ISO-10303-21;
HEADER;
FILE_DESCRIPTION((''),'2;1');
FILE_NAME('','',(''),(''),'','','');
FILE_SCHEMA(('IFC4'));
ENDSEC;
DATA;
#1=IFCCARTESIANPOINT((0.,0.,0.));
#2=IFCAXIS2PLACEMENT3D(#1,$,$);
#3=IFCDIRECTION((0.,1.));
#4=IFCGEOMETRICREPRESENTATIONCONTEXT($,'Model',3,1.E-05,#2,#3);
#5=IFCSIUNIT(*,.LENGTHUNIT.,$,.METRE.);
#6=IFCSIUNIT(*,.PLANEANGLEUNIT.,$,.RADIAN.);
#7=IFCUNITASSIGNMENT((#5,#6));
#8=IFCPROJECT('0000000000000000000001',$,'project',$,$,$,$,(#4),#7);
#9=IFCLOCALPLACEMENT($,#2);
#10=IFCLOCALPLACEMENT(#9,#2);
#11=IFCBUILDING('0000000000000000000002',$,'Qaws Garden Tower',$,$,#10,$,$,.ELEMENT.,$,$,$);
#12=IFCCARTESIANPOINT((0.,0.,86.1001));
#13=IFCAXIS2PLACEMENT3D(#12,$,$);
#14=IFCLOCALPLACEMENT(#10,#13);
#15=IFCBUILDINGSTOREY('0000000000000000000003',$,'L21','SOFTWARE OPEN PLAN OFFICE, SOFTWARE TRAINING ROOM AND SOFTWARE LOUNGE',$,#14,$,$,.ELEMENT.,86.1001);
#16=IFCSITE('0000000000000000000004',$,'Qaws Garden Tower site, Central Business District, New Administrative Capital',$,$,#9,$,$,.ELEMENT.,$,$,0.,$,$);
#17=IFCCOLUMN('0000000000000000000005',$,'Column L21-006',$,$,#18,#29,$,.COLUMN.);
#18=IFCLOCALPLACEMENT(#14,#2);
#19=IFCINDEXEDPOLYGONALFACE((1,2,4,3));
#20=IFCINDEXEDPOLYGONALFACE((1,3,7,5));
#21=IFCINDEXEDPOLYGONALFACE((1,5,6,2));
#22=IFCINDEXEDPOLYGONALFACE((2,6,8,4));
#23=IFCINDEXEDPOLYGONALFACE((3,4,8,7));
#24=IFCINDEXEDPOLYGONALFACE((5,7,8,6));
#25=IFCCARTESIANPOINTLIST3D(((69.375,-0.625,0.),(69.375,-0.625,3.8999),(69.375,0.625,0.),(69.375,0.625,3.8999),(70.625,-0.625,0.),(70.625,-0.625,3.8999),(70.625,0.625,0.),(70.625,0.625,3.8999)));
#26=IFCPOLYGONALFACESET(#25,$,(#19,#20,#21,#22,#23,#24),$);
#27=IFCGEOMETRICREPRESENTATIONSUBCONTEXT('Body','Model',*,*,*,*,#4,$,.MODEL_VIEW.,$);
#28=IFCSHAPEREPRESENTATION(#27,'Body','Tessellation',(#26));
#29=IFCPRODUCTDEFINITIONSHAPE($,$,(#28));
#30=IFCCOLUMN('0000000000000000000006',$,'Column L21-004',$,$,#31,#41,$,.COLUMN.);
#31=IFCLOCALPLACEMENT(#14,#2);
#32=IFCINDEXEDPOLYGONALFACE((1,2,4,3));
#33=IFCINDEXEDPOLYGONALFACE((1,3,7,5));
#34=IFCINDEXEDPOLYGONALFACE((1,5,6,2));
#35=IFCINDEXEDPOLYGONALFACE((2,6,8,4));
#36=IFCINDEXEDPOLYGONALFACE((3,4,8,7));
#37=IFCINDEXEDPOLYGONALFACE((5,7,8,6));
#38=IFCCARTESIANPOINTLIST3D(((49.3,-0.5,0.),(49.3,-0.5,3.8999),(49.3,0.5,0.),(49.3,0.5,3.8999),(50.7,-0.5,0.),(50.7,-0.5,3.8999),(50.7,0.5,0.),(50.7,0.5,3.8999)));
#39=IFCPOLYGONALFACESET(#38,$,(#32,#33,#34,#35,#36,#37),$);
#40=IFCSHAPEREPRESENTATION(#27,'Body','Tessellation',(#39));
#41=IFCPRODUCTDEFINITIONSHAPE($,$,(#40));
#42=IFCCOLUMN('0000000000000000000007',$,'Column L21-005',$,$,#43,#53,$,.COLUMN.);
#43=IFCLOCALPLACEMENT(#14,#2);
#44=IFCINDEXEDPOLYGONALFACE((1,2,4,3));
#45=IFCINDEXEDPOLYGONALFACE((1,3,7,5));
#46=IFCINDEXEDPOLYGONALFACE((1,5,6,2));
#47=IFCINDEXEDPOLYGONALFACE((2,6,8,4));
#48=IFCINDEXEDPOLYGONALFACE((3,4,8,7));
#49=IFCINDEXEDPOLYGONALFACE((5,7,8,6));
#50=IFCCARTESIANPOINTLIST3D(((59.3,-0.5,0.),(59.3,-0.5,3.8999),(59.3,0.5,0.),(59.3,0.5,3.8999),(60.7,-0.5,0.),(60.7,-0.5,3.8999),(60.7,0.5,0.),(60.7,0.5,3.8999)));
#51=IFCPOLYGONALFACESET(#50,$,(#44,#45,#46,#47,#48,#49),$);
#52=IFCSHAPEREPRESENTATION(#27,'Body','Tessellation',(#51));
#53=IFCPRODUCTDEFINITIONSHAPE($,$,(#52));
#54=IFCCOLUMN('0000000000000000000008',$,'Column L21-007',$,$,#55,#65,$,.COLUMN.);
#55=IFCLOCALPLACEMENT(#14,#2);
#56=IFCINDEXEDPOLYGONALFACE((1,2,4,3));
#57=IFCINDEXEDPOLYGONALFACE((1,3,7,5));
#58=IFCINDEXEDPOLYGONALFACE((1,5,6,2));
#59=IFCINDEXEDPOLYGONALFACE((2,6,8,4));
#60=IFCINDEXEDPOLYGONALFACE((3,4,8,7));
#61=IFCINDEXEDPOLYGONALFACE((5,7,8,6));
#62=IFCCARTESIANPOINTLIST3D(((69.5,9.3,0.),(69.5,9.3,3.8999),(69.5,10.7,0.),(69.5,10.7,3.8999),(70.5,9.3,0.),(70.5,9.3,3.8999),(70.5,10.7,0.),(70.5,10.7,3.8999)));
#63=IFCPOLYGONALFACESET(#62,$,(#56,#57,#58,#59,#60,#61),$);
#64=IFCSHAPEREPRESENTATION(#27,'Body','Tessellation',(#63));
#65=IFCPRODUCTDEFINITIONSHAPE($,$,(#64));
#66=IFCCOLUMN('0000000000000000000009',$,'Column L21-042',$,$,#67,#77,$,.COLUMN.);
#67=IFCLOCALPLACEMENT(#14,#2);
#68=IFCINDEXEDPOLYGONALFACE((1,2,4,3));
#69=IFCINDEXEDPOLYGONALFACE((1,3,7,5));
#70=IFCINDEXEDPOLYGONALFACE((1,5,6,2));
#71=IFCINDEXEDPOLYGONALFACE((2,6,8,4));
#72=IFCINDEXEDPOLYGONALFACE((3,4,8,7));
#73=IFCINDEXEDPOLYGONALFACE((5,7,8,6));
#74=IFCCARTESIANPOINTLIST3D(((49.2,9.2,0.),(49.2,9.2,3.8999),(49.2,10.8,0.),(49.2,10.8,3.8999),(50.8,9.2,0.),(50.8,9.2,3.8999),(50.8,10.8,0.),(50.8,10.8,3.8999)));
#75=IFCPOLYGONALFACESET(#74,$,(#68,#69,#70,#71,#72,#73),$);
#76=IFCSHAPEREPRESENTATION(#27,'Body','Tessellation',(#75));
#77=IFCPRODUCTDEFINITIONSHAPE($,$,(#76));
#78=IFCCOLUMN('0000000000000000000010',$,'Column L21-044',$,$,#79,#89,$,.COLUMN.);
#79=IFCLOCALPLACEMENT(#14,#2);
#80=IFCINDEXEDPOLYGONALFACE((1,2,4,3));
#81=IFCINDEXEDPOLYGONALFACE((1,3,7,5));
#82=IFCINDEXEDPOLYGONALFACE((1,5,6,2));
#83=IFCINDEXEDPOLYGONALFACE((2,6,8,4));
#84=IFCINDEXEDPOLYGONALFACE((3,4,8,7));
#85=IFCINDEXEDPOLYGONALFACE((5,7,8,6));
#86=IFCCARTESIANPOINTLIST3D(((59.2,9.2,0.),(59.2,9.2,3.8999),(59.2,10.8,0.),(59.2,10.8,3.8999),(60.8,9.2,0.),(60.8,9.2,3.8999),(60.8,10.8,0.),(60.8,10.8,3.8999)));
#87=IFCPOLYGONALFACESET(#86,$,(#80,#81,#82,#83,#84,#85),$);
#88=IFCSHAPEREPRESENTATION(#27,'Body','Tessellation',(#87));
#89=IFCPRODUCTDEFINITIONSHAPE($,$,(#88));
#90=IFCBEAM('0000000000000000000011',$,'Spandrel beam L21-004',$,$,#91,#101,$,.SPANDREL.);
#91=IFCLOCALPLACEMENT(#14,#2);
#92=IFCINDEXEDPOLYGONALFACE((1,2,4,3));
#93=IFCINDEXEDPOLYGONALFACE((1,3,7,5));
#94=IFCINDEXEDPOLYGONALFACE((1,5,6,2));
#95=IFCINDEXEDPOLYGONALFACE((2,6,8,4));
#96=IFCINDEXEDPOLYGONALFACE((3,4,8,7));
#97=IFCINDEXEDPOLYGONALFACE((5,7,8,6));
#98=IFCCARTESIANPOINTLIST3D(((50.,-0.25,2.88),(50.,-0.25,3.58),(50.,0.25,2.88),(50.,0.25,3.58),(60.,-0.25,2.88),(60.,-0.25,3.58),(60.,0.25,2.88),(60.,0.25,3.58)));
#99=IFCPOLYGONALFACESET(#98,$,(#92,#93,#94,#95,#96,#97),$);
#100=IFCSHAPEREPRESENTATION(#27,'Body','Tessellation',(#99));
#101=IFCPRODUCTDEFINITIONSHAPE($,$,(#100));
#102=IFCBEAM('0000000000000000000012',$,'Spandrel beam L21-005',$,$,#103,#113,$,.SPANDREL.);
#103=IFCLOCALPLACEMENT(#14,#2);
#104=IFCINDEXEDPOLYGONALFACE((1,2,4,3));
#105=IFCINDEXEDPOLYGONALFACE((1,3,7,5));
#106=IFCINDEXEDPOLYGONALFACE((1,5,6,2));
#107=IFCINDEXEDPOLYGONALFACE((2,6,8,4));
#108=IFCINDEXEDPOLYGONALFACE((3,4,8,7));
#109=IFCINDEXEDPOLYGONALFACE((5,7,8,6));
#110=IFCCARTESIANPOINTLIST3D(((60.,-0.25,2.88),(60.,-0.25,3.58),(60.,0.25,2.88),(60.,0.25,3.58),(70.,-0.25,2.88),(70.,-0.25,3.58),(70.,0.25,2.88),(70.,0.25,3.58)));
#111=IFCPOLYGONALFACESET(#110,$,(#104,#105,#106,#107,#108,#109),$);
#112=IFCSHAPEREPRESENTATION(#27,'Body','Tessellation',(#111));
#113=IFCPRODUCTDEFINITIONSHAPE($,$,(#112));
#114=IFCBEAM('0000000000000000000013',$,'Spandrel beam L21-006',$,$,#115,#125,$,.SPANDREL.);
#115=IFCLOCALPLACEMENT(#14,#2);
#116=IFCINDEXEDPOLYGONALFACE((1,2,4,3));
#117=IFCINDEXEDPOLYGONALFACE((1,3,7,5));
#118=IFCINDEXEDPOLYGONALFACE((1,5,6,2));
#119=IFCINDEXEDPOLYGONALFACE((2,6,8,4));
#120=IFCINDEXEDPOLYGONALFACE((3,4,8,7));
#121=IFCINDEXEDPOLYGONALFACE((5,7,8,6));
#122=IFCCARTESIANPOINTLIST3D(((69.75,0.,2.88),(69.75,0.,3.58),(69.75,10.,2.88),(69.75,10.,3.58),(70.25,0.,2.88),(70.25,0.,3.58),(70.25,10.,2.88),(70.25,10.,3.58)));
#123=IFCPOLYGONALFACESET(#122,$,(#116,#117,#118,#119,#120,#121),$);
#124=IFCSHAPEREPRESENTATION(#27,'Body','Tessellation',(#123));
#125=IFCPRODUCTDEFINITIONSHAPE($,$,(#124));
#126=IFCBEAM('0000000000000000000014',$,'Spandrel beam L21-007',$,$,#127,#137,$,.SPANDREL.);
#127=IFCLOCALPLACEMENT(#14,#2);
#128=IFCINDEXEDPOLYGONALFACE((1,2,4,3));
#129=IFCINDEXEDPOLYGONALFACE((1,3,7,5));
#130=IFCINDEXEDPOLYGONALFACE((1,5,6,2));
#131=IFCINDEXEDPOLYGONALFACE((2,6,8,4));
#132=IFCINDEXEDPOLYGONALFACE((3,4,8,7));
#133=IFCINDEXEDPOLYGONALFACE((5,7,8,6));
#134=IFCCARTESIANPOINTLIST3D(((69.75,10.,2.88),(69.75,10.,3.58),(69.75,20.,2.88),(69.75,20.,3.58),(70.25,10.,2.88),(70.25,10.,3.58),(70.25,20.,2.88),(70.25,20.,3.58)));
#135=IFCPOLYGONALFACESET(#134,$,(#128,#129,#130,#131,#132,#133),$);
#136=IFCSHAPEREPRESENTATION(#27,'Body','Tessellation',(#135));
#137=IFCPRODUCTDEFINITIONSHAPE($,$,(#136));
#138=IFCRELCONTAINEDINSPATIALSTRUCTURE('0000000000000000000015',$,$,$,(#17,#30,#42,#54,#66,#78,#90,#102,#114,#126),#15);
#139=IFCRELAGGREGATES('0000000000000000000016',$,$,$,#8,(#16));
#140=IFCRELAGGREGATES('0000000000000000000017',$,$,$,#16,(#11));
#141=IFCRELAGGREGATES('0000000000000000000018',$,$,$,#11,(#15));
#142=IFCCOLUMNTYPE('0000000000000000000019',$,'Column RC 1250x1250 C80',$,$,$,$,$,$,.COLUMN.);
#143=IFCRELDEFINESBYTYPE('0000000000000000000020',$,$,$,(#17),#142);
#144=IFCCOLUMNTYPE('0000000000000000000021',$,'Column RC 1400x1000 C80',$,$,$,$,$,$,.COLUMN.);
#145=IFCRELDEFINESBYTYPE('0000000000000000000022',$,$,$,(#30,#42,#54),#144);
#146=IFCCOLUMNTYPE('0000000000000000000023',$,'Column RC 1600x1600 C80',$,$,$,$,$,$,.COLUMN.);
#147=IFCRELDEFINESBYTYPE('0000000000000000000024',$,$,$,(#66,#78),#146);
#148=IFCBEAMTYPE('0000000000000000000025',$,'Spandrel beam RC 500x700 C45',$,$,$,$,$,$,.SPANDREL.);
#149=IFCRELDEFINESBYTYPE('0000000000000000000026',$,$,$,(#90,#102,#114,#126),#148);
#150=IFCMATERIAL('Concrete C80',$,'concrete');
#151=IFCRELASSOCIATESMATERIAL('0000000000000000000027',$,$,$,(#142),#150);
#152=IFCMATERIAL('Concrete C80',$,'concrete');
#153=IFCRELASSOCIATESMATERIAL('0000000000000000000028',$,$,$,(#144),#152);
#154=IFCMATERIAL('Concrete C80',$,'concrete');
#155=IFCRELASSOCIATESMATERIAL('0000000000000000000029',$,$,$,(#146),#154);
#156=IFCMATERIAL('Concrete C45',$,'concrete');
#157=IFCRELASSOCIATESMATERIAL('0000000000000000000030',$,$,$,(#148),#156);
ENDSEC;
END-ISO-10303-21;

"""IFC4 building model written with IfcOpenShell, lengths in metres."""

from ifc_helpers import new_model, si_unit, direction, frame, origin, origin_2d, place, context, subcontext, project, spatial, rectangle, extrude, material, material_profile, profile_set, type_object, element, save


model = new_model("IFC4")

# Units and contexts
model_context = context("Model", 3, precision=1e-05, world=origin(), true_north=direction((0.0, 1.0)))
body_context = subcontext(model_context, "Body", "Model", "MODEL_VIEW")
ifc_project = project(units=[si_unit("LENGTHUNIT", "METRE"), si_unit("PLANEANGLEUNIT", "RADIAN")], contexts=[model_context])

# Site, building, storey
site_placement = place(None, origin())
site = spatial("IfcSite", under=ifc_project, at=site_placement, Name="Qaws Garden Tower site, Central Business District, New Administrative Capital", CompositionType="ELEMENT", RefElevation=0.0)
building_placement = place(site_placement, origin())
building = spatial("IfcBuilding", under=site, at=building_placement, Name="Qaws Garden Tower", CompositionType="ELEMENT")
storey_placement = place(building_placement, frame((0.0, 0.0, 86.1001)))
storey = spatial("IfcBuildingStorey", under=building, at=storey_placement, Name="L21", Description="SOFTWARE OPEN PLAN OFFICE, SOFTWARE TRAINING ROOM AND SOFTWARE LOUNGE", CompositionType="ELEMENT", Elevation=86.1001)

# Columns
ifc_material_1 = material(Name="Concrete C80", Category="concrete")
ifc_material_profile_1 = material_profile(ifc_material_1, rectangle(XDim=1.25, YDim=1.25, at=origin_2d()), Name="RC 1250x1250")
ifc_profile_set_1 = profile_set([ifc_material_profile_1], Name="Concrete C80")
column_type_1 = type_object("IfcColumnType", Name="Column RC 1250x1250 C80", PredefinedType="COLUMN", material=ifc_profile_set_1)
column_placement = place(storey_placement, frame((70.0, 0.0, 0.0), z_axis=(0.0, 0.0, 1.0), x_axis=(1.0, 0.0, 0.0)))
element("IfcColumn", 1, at=column_placement, inside=storey, type_object=column_type_1, Name="Column L21-006", PredefinedType="COLUMN", context=body_context, shape_type="SweptSolid", body=[
    extrude(rectangle(XDim=1.25, YDim=1.25, at=origin_2d()), origin(), (0.0, 0.0, 1.0), 3.8999),
])
ifc_material_2 = material(Name="Concrete C80", Category="concrete")
ifc_material_profile_2 = material_profile(ifc_material_2, rectangle(XDim=1.3999, YDim=1.0, at=origin_2d()), Name="RC 1400x1000")
ifc_profile_set_2 = profile_set([ifc_material_profile_2], Name="Concrete C80")
column_type_2 = type_object("IfcColumnType", Name="Column RC 1400x1000 C80", PredefinedType="COLUMN", material=ifc_profile_set_2)
for number, where, z_axis, x_axis, name in (
    (2, (50.0, 0.0, 0.0), (0.0, 0.0, 1.0), (1.0, 0.0, 0.0), "Column L21-004"),
    (3, (60.0, 0.0, 0.0), (0.0, 0.0, 1.0), (1.0, 0.0, 0.0), "Column L21-005"),
    (4, (70.0, 10.0, 0.0), (0.0, 0.0, 1.0), (0.0, 1.0, 0.0), "Column L21-007"),
):
    element("IfcColumn", number, at=place(storey_placement, frame(where, z_axis=z_axis, x_axis=x_axis)), inside=storey, type_object=column_type_2, Name=name, PredefinedType="COLUMN", context=body_context, shape_type="SweptSolid", body=[
        extrude(rectangle(XDim=1.3999, YDim=1.0, at=origin_2d()), origin(), (0.0, 0.0, 1.0), 3.8999),
    ])
ifc_material_3 = material(Name="Concrete C80", Category="concrete")
ifc_material_profile_3 = material_profile(ifc_material_3, rectangle(XDim=1.6001, YDim=1.6001, at=origin_2d()), Name="RC 1600x1600")
ifc_profile_set_3 = profile_set([ifc_material_profile_3], Name="Concrete C80")
column_type_3 = type_object("IfcColumnType", Name="Column RC 1600x1600 C80", PredefinedType="COLUMN", material=ifc_profile_set_3)
for number, where, z_axis, x_axis, name in (
    (5, (50.0, 10.0, 0.0), (0.0, 0.0, 1.0), (1.0, 0.0, 0.0), "Column L21-042"),
    (6, (60.0, 10.0, 0.0), (0.0, 0.0, 1.0), (1.0, 0.0, 0.0), "Column L21-044"),
):
    element("IfcColumn", number, at=place(storey_placement, frame(where, z_axis=z_axis, x_axis=x_axis)), inside=storey, type_object=column_type_3, Name=name, PredefinedType="COLUMN", context=body_context, shape_type="SweptSolid", body=[
        extrude(rectangle(XDim=1.6001, YDim=1.6001, at=origin_2d()), origin(), (0.0, 0.0, 1.0), 3.8999),
    ])

# Beams
ifc_material_4 = material(Name="Concrete C45", Category="concrete")
ifc_material_profile_4 = material_profile(ifc_material_4, rectangle(XDim=0.5, YDim=0.7, at=origin_2d()), Name="RC 500x700")
ifc_profile_set_4 = profile_set([ifc_material_profile_4], Name="Concrete C45")
beam_type = type_object("IfcBeamType", Name="Spandrel beam RC 500x700 C45", PredefinedType="SPANDREL", material=ifc_profile_set_4)
for number, where, z_axis, x_axis, name in (
    (7, (50.0, 0.0, 3.23), (1.0, 0.0, 0.0), (0.0, 1.0, 0.0), "Spandrel beam L21-004"),
    (8, (60.0, 0.0, 3.23), (1.0, 0.0, 0.0), (0.0, 1.0, 0.0), "Spandrel beam L21-005"),
    (9, (70.0, 0.0, 3.23), (0.0, 1.0, 0.0), (-1.0, 0.0, 0.0), "Spandrel beam L21-006"),
    (10, (70.0, 10.0, 3.23), (0.0, 1.0, 0.0), (-1.0, 0.0, 0.0), "Spandrel beam L21-007"),
):
    element("IfcBeam", number, at=place(storey_placement, frame(where, z_axis=z_axis, x_axis=x_axis)), inside=storey, type_object=beam_type, Name=name, PredefinedType="SPANDREL", context=body_context, shape_type="SweptSolid", body=[
        extrude(rectangle(XDim=0.5, YDim=0.7, at=origin_2d()), origin(), (0.0, 0.0, 1.0), 10.0),
    ])

save(model, "model.ifc")
